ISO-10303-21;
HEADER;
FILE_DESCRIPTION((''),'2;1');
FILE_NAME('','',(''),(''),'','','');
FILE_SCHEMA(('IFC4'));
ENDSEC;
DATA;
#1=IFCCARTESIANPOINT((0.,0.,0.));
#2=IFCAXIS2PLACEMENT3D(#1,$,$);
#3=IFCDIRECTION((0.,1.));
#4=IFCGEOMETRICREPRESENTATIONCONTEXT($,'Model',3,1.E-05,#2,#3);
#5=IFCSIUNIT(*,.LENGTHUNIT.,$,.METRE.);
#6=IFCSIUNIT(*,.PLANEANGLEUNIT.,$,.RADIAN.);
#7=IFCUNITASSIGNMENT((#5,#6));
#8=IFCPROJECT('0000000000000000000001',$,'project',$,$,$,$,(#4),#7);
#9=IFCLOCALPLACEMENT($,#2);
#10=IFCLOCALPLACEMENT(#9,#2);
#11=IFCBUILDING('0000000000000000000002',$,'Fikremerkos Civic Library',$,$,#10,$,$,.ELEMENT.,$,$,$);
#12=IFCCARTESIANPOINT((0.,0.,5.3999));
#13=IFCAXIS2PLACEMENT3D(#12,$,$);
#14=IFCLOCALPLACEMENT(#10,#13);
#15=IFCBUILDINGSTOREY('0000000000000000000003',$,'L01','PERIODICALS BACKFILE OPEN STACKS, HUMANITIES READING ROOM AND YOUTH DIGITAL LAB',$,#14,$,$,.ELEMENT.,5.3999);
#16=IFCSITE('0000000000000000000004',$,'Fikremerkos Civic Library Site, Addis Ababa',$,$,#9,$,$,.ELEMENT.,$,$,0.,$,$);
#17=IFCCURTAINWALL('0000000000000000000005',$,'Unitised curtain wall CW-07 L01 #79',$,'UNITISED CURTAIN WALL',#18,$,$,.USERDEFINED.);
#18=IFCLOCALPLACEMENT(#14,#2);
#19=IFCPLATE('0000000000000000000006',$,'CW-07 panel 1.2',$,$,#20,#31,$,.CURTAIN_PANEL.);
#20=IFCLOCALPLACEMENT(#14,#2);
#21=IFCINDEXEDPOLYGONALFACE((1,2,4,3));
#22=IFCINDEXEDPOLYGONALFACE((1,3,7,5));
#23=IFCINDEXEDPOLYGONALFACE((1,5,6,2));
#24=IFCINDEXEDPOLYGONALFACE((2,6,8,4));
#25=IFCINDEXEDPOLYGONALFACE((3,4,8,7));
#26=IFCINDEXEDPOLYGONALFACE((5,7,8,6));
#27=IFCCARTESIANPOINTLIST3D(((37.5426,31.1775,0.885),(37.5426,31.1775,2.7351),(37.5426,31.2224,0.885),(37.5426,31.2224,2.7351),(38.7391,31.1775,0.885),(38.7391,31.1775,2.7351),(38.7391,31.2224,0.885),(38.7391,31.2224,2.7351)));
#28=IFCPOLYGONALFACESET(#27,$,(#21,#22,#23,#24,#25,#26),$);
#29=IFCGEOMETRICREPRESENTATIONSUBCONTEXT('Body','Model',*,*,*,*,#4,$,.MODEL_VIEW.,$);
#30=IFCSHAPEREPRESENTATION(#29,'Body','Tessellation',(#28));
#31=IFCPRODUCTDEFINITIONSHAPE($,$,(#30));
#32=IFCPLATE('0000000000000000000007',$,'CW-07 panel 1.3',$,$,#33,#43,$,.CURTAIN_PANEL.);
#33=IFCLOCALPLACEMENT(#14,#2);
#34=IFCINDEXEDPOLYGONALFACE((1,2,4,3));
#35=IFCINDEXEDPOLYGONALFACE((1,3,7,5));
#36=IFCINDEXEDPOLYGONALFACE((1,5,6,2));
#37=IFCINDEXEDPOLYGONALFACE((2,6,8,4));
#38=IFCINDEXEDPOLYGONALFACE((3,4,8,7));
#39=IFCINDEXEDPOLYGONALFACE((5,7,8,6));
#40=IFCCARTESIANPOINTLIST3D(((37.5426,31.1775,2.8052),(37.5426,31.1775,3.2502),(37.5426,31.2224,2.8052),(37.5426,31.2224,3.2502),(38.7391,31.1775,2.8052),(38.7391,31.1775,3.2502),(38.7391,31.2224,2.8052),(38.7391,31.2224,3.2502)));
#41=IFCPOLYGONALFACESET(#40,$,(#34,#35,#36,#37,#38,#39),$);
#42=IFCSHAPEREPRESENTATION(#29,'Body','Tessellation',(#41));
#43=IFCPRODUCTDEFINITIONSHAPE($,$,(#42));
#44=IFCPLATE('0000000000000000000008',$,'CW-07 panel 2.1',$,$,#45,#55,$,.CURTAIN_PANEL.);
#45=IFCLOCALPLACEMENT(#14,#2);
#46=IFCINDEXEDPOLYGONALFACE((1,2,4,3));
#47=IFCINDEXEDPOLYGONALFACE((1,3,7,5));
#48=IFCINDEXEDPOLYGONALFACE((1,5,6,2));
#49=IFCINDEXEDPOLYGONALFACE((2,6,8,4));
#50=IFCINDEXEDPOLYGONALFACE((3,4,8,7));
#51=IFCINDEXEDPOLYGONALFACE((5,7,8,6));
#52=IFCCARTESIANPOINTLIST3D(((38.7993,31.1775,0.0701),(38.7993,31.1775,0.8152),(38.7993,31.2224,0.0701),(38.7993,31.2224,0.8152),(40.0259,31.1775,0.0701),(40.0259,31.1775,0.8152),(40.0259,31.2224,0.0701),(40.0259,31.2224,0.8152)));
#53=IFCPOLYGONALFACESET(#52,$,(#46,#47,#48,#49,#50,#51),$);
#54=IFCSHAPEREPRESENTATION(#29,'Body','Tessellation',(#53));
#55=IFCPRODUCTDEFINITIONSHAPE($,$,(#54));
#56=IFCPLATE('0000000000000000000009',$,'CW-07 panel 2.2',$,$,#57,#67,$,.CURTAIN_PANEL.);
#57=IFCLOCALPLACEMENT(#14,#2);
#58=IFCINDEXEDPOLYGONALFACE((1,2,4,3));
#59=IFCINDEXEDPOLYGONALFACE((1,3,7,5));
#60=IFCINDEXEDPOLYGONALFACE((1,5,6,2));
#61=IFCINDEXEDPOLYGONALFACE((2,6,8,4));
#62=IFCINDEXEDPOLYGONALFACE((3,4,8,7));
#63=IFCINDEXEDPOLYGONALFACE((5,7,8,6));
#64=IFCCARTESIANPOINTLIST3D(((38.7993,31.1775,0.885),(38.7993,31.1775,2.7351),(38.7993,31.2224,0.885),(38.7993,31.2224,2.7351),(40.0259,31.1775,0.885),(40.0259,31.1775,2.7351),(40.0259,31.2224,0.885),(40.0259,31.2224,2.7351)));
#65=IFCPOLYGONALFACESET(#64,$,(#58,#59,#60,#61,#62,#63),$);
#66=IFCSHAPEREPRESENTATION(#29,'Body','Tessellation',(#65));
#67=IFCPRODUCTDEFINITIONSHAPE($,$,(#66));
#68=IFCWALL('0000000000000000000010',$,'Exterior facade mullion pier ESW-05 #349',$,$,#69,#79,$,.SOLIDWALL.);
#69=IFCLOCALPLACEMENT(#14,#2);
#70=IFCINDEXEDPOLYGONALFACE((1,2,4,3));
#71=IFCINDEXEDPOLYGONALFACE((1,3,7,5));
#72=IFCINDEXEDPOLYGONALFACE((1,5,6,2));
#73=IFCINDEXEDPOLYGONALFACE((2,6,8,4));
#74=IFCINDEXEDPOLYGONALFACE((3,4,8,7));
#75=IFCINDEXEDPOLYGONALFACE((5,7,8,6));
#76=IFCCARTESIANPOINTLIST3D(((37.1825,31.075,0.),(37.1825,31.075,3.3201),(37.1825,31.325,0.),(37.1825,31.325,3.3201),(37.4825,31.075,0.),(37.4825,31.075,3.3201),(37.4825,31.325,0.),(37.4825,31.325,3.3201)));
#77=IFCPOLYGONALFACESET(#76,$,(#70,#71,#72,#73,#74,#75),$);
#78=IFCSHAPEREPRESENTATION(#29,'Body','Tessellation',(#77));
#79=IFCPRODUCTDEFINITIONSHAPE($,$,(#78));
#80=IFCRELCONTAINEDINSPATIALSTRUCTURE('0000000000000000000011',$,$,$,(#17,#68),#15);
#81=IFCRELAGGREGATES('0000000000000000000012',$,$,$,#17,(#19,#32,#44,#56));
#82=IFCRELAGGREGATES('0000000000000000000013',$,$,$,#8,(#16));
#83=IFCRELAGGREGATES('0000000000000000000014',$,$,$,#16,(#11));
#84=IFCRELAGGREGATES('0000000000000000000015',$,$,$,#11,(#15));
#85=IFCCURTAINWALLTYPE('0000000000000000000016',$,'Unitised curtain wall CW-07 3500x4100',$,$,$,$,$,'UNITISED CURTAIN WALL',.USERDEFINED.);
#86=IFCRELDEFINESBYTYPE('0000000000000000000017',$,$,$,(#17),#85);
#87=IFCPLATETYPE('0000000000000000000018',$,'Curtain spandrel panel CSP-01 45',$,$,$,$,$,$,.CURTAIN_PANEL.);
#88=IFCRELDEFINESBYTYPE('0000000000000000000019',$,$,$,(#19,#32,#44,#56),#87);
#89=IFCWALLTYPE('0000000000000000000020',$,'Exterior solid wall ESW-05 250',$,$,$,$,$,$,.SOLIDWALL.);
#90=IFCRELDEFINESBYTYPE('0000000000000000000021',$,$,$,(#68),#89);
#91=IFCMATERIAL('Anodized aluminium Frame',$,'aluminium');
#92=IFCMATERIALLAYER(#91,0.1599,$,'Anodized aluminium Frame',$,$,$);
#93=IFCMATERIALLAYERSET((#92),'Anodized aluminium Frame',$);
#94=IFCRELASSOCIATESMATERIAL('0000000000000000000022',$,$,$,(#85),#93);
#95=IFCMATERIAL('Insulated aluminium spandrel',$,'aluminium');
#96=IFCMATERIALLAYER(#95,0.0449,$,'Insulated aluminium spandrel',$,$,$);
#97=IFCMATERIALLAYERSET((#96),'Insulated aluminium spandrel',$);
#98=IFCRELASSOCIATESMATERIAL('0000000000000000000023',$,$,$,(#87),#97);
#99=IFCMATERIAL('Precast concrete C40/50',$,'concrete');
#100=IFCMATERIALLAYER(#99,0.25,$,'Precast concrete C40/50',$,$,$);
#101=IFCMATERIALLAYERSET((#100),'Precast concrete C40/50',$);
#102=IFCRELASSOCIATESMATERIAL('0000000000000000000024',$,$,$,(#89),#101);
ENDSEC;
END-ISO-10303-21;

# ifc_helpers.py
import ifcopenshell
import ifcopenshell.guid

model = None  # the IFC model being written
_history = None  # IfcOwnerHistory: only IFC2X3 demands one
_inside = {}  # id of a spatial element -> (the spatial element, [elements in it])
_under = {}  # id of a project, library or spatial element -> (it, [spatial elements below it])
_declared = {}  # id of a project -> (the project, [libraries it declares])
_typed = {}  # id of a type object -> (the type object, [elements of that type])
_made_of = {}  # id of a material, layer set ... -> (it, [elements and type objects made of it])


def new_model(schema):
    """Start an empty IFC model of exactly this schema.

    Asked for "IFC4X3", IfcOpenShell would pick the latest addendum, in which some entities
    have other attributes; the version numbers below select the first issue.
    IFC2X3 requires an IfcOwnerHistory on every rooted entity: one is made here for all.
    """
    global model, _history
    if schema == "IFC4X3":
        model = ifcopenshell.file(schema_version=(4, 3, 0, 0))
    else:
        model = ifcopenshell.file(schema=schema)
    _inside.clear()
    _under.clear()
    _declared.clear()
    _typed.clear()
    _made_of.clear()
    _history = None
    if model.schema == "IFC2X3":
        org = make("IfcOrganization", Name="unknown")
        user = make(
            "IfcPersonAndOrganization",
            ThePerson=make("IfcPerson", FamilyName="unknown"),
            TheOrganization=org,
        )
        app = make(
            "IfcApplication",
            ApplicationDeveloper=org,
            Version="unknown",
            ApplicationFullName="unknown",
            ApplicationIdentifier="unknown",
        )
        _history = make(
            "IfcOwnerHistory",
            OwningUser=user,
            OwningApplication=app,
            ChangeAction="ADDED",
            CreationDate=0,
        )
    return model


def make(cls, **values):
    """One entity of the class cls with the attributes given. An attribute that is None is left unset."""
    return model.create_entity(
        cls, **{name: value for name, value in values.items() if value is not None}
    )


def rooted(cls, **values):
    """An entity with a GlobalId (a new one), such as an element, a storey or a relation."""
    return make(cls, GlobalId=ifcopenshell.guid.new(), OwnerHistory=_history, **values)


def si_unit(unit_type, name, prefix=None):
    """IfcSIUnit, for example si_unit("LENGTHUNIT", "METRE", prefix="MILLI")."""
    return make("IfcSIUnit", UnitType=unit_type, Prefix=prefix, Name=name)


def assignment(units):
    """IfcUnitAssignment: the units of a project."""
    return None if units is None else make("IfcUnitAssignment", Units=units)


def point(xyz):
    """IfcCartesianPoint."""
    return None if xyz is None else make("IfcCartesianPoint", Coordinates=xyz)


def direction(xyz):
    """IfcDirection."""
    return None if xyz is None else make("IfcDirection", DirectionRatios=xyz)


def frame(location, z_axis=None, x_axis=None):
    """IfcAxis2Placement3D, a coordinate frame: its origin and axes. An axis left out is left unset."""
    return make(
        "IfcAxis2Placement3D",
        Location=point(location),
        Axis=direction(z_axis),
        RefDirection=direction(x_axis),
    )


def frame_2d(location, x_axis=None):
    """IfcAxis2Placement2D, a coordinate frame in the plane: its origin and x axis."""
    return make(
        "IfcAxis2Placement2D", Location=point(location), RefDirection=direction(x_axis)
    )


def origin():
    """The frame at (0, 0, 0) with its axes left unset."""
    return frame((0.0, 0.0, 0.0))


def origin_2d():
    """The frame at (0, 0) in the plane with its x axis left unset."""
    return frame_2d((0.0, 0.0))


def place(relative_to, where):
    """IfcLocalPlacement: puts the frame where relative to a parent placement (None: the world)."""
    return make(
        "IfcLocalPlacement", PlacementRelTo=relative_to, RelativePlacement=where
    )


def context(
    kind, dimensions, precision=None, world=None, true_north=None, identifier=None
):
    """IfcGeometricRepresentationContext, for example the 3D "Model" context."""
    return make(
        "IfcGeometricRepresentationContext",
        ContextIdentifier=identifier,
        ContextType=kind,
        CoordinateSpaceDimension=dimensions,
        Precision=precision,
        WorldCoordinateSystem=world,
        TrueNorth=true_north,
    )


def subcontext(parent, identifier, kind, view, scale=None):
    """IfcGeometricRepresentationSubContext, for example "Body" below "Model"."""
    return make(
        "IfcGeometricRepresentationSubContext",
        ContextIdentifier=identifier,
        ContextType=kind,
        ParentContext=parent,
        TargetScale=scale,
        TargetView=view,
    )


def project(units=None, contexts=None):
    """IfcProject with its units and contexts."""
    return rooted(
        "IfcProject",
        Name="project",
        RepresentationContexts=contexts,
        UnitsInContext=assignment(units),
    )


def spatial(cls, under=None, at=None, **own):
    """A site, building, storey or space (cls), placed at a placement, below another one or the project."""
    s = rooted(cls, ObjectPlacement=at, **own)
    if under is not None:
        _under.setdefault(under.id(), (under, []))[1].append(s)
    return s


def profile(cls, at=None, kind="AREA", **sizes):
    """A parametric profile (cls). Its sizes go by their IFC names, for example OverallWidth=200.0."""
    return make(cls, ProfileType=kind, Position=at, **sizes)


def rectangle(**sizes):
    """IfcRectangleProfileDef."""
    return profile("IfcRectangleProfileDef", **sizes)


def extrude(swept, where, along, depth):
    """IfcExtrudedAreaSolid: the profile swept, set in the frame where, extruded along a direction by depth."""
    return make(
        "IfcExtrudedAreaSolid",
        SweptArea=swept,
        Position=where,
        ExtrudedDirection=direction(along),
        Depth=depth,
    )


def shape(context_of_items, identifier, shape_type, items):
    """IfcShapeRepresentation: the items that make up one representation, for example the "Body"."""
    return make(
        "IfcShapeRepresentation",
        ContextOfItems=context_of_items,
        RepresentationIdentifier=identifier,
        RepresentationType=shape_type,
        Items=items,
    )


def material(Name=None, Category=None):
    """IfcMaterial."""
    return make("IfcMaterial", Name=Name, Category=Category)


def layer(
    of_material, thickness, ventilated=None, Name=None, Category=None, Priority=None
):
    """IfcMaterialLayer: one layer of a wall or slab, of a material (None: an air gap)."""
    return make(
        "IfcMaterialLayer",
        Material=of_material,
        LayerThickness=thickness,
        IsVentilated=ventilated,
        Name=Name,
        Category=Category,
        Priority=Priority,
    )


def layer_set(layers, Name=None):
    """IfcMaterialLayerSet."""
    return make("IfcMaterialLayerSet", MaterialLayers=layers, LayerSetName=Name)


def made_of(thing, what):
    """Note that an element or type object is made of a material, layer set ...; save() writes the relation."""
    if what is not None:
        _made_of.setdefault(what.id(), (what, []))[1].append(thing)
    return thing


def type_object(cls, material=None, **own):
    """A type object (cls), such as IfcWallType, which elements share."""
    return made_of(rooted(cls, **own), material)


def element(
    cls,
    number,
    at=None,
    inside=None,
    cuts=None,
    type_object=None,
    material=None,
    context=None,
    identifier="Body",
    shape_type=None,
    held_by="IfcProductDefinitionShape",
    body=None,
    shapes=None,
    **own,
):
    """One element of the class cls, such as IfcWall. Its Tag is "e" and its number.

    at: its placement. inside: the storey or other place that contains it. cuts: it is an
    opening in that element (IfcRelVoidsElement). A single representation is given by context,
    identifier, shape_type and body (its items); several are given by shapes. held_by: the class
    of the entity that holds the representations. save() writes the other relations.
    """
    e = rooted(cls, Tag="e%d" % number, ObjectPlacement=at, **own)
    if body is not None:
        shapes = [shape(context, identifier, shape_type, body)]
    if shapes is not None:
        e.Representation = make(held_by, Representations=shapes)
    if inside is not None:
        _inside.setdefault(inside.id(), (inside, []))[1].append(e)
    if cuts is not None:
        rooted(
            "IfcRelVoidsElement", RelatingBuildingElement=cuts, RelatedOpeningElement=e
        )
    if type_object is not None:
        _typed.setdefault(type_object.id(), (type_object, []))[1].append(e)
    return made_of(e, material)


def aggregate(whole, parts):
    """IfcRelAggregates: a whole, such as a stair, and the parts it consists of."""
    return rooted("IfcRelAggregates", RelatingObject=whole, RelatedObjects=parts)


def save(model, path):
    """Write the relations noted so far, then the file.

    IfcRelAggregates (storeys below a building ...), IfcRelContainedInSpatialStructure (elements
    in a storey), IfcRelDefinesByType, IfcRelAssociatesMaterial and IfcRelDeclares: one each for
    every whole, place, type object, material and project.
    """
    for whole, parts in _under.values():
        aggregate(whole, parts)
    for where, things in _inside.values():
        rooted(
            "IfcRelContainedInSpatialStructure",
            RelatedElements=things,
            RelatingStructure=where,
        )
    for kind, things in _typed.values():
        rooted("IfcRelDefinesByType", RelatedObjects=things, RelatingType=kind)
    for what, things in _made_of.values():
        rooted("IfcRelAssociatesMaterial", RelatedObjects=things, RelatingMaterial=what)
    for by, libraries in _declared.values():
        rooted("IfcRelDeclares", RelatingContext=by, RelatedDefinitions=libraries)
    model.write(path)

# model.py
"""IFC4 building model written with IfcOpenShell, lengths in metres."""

from ifc_helpers import new_model, si_unit, direction, frame, frame_2d, origin, origin_2d, place, context, subcontext, project, spatial, rectangle, extrude, material, layer, layer_set, type_object, element, aggregate, save


model = new_model("IFC4")

# Units and contexts
model_context = context("Model", 3, precision=1e-05, world=origin(), true_north=direction((0.0, 1.0)))
body_context = subcontext(model_context, "Body", "Model", "MODEL_VIEW")
ifc_project = project(units=[si_unit("LENGTHUNIT", "METRE"), si_unit("PLANEANGLEUNIT", "RADIAN")], contexts=[model_context])

# Site, building, storey
site_placement = place(None, origin())
site = spatial("IfcSite", under=ifc_project, at=site_placement, Name="Fikremerkos Civic Library Site, Addis Ababa", CompositionType="ELEMENT", RefElevation=0.0)
building_placement = place(site_placement, origin())
building = spatial("IfcBuilding", under=site, at=building_placement, Name="Fikremerkos Civic Library", CompositionType="ELEMENT")
storey_placement = place(building_placement, frame((0.0, 0.0, 5.3999)))
storey = spatial("IfcBuildingStorey", under=building, at=storey_placement, Name="L01", Description="PERIODICALS BACKFILE OPEN STACKS, HUMANITIES READING ROOM AND YOUTH DIGITAL LAB", CompositionType="ELEMENT", Elevation=5.3999)

# Curtain wall
ifc_material_1 = material(Name="Anodized aluminium Frame", Category="aluminium")
ifc_layer_1 = layer(ifc_material_1, 0.1599, Name="Anodized aluminium Frame")
ifc_layer_set_1 = layer_set([ifc_layer_1], Name="Anodized aluminium Frame")
curtain_wall_type_1 = type_object("IfcCurtainWallType", Name="Unitised curtain wall CW-07 3500x4100", ElementType="UNITISED CURTAIN WALL", PredefinedType="USERDEFINED", material=ifc_layer_set_1)
curtain_wall_1_placement = place(storey_placement, origin())
curtain_wall_1 = element("IfcCurtainWall", 1, at=curtain_wall_1_placement, inside=storey, type_object=curtain_wall_type_1, Name="Unitised curtain wall CW-07 L01 #79", ObjectType="UNITISED CURTAIN WALL", PredefinedType="USERDEFINED")

# Plates
ifc_material_2 = material(Name="Insulated aluminium spandrel", Category="aluminium")
ifc_layer_2 = layer(ifc_material_2, 0.0449, Name="Insulated aluminium spandrel")
ifc_layer_set_2 = layer_set([ifc_layer_2], Name="Insulated aluminium spandrel")
plate_type_1 = type_object("IfcPlateType", Name="Curtain spandrel panel CSP-01 45", PredefinedType="CURTAIN_PANEL", material=ifc_layer_set_2)
plate_1_placement = place(storey_placement, frame((38.1409, 31.2, 0.885), z_axis=(0.0, 0.0, 1.0), x_axis=(1.0, 0.0, 0.0)))
plate_1 = element("IfcPlate", 2, at=plate_1_placement, type_object=plate_type_1, Name="CW-07 panel 1.2", PredefinedType="CURTAIN_PANEL", context=body_context, shape_type="SweptSolid", body=[
    extrude(rectangle(XDim=1.1965, YDim=0.0449, at=origin_2d()), origin(), (0.0, 0.0, 1.0), 1.8501),
])
plate_2_placement = place(storey_placement, frame((38.1409, 31.2, 2.8052), z_axis=(0.0, 0.0, 1.0), x_axis=(1.0, 0.0, 0.0)))
plate_2 = element("IfcPlate", 3, at=plate_2_placement, type_object=plate_type_1, Name="CW-07 panel 1.3", PredefinedType="CURTAIN_PANEL", context=body_context, shape_type="SweptSolid", body=[
    extrude(rectangle(XDim=1.1965, YDim=0.0449, at=origin_2d()), origin(), (0.0, 0.0, 1.0), 0.4451),
])
plate_3_placement = place(storey_placement, frame((39.4126, 31.2, 0.0701), z_axis=(0.0, 0.0, 1.0), x_axis=(1.0, 0.0, 0.0)))
plate_3 = element("IfcPlate", 4, at=plate_3_placement, type_object=plate_type_1, Name="CW-07 panel 2.1", PredefinedType="CURTAIN_PANEL", context=body_context, shape_type="SweptSolid", body=[
    extrude(rectangle(XDim=1.2266, YDim=0.0449, at=origin_2d()), origin(), (0.0, 0.0, 1.0), 0.7451),
])
plate_4_placement = place(storey_placement, frame((39.4126, 31.2, 0.885), z_axis=(0.0, 0.0, 1.0), x_axis=(1.0, 0.0, 0.0)))
plate_4 = element("IfcPlate", 5, at=plate_4_placement, type_object=plate_type_1, Name="CW-07 panel 2.2", PredefinedType="CURTAIN_PANEL", context=body_context, shape_type="SweptSolid", body=[
    extrude(rectangle(XDim=1.2266, YDim=0.0449, at=origin_2d()), origin(), (0.0, 0.0, 1.0), 1.8501),
])
aggregate(curtain_wall_1, [plate_1, plate_2, plate_3, plate_4])

# Wall
ifc_material_3 = material(Name="Precast concrete C40/50", Category="concrete")
ifc_layer_3 = layer(ifc_material_3, 0.25, Name="Precast concrete C40/50")
ifc_layer_set_3 = layer_set([ifc_layer_3], Name="Precast concrete C40/50")
wall_type = type_object("IfcWallType", Name="Exterior solid wall ESW-05 250", PredefinedType="SOLIDWALL", material=ifc_layer_set_3)
wall_placement = place(storey_placement, frame((37.1826, 31.2, 0.0), z_axis=(0.0, 0.0, 1.0), x_axis=(1.0, 0.0, 0.0)))
element("IfcWall", 6, at=wall_placement, inside=storey, type_object=wall_type, Name="Exterior facade mullion pier ESW-05 #349", PredefinedType="SOLIDWALL", context=body_context, shape_type="SweptSolid", body=[
    extrude(rectangle(XDim=0.3, YDim=0.25, at=frame_2d((0.1499, 0.0))), origin(), (0.0, 0.0, 1.0), 3.3201),
])

save(model, "model.ifc")
